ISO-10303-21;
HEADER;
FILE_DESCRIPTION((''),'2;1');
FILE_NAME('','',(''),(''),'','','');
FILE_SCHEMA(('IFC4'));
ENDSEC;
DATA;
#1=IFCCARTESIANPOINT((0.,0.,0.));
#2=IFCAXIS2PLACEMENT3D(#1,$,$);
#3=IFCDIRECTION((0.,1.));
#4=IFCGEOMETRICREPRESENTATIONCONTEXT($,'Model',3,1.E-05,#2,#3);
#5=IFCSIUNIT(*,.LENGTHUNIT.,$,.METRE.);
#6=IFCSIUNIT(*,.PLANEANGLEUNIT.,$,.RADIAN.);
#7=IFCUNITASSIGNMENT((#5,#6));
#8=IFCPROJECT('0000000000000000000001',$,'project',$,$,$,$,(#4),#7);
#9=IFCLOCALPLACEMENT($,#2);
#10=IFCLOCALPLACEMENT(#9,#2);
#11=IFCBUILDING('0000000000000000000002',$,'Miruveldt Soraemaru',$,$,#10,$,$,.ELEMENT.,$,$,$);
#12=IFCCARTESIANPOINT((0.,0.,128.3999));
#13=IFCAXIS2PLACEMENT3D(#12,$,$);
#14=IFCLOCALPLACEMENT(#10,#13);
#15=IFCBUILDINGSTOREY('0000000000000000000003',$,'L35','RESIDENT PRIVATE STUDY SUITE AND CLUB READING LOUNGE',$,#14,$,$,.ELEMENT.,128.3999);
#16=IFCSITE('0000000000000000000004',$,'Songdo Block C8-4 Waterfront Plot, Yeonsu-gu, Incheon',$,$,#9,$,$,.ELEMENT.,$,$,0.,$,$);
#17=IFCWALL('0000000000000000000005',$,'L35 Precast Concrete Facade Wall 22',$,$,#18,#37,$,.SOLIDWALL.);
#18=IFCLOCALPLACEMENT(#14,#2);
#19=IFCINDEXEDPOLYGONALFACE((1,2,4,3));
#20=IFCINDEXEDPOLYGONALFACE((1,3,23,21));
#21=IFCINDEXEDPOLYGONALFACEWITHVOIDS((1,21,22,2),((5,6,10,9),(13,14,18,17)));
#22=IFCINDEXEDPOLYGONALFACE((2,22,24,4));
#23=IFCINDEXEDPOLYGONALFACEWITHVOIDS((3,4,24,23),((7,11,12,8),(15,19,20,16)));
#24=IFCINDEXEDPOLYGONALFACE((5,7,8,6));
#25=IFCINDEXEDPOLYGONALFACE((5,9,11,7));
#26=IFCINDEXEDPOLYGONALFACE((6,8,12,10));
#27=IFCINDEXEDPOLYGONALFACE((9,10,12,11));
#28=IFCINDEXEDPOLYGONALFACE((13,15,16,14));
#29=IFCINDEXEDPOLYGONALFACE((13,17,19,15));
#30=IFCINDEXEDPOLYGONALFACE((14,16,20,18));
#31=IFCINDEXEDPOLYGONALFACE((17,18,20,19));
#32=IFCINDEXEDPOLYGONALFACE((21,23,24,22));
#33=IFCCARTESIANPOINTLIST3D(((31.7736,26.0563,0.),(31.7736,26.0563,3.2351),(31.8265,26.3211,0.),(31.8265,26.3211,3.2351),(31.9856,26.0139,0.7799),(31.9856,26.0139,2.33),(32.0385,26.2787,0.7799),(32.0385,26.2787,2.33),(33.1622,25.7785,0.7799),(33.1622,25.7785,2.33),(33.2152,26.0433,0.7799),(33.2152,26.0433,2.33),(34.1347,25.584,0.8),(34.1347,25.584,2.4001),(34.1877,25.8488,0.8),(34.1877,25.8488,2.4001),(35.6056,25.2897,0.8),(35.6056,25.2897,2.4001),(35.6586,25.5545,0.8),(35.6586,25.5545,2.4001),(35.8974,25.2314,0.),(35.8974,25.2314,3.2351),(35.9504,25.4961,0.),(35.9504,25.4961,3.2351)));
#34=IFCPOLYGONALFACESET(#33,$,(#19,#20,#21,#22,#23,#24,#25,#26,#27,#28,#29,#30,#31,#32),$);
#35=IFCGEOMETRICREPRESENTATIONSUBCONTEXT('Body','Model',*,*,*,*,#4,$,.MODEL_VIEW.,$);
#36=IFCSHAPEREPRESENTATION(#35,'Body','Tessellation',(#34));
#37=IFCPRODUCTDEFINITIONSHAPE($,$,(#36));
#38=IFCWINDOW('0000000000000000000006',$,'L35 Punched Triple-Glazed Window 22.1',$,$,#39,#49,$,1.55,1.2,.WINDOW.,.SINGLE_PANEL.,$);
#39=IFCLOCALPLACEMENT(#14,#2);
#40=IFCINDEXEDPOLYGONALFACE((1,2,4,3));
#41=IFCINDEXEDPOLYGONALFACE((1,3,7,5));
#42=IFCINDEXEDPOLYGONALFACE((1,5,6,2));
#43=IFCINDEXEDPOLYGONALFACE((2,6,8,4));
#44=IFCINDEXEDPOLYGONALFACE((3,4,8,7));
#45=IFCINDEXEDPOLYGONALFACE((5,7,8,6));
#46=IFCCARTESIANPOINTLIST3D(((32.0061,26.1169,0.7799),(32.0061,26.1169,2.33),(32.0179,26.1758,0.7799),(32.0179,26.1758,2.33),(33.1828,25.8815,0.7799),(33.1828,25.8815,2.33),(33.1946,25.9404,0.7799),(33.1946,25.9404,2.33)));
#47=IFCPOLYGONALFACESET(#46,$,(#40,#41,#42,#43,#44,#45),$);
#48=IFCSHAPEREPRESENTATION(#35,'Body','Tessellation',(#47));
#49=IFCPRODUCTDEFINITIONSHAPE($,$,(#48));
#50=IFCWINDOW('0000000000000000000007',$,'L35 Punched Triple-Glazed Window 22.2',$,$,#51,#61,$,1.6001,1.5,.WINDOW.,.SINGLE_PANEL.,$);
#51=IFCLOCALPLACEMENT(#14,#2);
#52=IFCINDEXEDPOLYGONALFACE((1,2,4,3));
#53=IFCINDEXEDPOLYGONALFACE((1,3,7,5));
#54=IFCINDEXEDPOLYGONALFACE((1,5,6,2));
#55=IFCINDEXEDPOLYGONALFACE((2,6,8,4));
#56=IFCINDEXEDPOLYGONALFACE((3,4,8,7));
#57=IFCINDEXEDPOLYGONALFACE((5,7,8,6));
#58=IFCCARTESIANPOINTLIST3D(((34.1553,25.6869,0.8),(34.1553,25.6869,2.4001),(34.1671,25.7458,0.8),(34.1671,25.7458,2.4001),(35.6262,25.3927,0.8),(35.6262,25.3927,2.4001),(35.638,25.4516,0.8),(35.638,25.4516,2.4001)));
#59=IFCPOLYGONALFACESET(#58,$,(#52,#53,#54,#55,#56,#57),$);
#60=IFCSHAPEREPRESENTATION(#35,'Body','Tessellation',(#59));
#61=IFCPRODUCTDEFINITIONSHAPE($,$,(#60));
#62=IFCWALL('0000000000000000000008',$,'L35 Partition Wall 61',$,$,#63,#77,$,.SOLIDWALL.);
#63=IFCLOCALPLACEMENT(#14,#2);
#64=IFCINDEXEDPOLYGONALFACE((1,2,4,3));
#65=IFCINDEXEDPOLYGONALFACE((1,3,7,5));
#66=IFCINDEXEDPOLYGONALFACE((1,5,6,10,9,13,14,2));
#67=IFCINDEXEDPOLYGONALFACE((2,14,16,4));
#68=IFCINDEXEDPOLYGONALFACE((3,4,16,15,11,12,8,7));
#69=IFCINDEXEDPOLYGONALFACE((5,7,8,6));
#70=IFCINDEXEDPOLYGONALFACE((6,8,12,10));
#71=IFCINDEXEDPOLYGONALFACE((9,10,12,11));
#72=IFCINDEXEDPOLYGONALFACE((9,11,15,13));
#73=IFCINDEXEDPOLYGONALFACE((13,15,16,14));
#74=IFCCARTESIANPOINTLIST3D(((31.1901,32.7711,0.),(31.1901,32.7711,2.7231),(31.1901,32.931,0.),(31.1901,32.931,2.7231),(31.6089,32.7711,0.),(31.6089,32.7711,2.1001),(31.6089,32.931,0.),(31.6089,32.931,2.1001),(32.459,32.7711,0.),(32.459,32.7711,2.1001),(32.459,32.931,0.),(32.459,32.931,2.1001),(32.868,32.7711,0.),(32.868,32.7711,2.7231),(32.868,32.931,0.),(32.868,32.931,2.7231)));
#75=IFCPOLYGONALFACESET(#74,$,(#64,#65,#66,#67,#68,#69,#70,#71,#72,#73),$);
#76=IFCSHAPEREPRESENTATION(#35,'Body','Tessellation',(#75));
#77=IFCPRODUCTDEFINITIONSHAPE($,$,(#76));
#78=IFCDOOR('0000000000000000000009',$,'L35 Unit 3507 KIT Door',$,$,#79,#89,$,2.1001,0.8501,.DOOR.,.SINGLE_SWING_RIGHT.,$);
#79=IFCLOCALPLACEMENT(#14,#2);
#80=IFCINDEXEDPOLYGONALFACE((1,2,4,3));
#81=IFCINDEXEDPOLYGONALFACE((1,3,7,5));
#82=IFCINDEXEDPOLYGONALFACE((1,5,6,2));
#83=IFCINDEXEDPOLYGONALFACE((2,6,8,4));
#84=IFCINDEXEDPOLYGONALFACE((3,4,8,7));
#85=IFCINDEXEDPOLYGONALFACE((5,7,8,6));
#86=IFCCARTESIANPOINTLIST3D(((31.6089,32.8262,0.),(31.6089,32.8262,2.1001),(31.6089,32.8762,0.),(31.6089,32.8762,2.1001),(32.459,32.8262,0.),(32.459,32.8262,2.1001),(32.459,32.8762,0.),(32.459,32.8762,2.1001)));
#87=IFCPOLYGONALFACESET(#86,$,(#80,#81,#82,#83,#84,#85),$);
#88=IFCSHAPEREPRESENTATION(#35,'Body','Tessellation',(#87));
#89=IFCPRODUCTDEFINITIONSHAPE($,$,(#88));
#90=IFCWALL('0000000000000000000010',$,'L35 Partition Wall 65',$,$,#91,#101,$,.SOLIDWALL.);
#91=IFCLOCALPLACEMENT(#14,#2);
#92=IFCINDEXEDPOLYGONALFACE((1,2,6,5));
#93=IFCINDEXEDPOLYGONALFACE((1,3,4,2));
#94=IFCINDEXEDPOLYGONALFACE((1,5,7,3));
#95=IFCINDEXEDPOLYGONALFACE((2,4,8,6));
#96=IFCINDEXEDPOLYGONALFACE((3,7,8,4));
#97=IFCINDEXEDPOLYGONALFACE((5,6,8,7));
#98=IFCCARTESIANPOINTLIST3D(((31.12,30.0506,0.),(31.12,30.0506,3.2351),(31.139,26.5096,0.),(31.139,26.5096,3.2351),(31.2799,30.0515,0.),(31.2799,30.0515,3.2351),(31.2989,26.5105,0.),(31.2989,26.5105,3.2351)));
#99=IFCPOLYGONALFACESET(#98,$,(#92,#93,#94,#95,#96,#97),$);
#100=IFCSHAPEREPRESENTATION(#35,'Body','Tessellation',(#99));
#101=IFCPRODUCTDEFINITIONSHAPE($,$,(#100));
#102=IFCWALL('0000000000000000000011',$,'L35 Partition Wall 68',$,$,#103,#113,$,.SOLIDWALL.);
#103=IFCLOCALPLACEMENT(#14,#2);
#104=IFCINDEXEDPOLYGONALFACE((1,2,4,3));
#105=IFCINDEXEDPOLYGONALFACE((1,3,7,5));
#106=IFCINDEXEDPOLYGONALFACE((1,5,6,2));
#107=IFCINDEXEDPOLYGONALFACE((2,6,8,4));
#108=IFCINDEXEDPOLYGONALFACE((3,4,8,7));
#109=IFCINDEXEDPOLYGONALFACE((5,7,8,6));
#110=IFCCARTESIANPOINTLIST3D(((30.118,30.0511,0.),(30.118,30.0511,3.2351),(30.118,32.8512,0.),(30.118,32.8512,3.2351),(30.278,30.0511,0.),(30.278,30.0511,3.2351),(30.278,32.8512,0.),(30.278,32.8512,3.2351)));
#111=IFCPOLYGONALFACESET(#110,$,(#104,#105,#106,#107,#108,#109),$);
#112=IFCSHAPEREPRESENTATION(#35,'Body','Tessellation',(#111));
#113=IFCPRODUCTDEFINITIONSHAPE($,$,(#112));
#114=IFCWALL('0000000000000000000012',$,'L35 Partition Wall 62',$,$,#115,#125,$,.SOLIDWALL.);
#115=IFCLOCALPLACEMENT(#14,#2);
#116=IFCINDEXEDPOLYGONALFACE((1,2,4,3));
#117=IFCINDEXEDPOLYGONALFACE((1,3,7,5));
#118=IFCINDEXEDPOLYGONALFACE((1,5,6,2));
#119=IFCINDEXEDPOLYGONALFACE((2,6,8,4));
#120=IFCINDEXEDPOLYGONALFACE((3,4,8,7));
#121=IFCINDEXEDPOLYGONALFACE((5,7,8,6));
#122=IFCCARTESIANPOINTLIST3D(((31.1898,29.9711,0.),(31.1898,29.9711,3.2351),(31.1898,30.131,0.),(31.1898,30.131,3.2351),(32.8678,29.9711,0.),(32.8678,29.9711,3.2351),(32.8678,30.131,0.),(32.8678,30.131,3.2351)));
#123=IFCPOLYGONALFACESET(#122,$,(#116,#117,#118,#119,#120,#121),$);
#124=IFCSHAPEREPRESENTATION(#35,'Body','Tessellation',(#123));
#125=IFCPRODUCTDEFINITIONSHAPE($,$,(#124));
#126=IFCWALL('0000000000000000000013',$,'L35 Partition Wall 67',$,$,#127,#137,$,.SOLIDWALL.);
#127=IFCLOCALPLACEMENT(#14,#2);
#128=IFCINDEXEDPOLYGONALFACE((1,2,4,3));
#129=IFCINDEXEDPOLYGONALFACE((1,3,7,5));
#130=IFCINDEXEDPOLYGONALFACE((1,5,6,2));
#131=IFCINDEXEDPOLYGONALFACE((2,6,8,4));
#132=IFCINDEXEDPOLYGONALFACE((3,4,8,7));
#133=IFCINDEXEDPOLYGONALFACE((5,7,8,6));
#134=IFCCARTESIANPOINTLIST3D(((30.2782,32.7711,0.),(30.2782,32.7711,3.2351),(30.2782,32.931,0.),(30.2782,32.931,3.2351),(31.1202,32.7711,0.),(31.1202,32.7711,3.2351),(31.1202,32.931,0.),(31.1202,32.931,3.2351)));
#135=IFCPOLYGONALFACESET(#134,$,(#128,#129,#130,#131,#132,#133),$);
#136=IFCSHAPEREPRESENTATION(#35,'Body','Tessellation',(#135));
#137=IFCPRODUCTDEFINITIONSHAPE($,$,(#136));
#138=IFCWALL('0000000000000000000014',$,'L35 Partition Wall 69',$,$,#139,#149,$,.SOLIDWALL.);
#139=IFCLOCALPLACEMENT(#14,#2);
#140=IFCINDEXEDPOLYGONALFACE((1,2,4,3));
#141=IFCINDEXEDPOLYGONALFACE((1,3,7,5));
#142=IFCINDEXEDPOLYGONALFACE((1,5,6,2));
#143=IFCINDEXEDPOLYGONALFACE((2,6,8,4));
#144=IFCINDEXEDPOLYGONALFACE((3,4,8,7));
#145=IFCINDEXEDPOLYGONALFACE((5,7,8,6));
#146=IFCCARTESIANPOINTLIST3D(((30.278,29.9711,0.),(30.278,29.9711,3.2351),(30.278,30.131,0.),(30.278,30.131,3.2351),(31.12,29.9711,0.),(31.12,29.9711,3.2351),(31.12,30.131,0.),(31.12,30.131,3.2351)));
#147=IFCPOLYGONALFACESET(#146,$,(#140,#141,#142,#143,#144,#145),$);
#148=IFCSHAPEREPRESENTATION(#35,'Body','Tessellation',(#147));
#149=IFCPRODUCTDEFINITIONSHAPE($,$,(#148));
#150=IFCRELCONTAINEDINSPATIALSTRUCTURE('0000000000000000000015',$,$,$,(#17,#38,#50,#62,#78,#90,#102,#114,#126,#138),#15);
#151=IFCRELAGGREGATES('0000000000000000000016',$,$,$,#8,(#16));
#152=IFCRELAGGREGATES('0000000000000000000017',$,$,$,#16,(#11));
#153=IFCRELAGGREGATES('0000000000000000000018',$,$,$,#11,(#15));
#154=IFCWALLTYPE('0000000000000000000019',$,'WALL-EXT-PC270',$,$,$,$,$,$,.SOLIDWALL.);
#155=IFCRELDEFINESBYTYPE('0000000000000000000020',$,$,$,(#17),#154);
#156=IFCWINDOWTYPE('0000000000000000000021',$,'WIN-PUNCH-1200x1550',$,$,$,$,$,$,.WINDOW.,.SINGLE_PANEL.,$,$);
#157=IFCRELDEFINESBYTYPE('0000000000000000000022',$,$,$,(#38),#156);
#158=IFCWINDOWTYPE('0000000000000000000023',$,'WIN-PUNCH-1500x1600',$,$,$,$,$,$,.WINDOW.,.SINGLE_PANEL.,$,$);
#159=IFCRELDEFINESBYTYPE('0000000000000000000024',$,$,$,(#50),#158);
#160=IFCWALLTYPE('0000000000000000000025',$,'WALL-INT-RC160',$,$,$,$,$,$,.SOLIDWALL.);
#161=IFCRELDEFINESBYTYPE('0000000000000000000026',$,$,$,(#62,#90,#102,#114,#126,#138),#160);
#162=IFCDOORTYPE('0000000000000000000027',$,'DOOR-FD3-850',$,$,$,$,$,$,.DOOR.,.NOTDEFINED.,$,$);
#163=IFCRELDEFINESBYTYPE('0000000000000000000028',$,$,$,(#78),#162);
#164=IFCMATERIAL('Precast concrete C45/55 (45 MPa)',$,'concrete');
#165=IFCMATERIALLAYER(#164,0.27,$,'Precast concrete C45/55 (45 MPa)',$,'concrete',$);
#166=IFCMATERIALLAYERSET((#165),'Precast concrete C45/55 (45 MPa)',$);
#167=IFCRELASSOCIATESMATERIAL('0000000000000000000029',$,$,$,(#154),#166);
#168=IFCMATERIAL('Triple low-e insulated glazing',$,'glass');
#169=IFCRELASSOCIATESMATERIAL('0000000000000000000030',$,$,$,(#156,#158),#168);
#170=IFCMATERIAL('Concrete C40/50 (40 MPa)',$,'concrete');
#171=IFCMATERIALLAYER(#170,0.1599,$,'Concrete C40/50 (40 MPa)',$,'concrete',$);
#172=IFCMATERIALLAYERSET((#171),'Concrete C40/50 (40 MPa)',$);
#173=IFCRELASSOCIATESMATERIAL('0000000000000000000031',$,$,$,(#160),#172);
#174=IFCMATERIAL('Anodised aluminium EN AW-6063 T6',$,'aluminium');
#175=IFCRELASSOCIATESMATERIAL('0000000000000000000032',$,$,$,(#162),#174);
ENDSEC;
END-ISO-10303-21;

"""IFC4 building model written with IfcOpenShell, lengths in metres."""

from ifc_helpers import new_model, si_unit, direction, frame, frame_2d, origin, place, context, subcontext, project, spatial, rectangle, extrude, material, layer, layer_set, type_object, element, fill, save


model = new_model("IFC4")

# Units and contexts
model_context = context("Model", 3, precision=1e-05, world=origin(), true_north=direction((0.0, 1.0)))
body_context = subcontext(model_context, "Body", "Model", "MODEL_VIEW")
ifc_project = project(units=[si_unit("LENGTHUNIT", "METRE"), si_unit("PLANEANGLEUNIT", "RADIAN")], contexts=[model_context])

# Site, building, storey
site_placement = place(None, origin())
site = spatial("IfcSite", under=ifc_project, at=site_placement, Name="Songdo Block C8-4 Waterfront Plot, Yeonsu-gu, Incheon", CompositionType="ELEMENT", RefElevation=0.0)
building_placement = place(site_placement, origin())
building = spatial("IfcBuilding", under=site, at=building_placement, Name="Miruveldt Soraemaru", CompositionType="ELEMENT")
storey_placement = place(building_placement, frame((0.0, 0.0, 128.3999)))
storey = spatial("IfcBuildingStorey", under=building, at=storey_placement, Name="L35", Description="RESIDENT PRIVATE STUDY SUITE AND CLUB READING LOUNGE", CompositionType="ELEMENT", Elevation=128.3999)

# Shared definitions
ifc_material_1 = material(Name="Anodised aluminium EN AW-6063 T6", Category="aluminium")

# Shared definitions
ifc_material_2 = material(Name="Concrete C40/50 (40 MPa)", Category="concrete")

# Shared definitions
ifc_material_3 = material(Name="Precast concrete C45/55 (45 MPa)", Category="concrete")
ifc_layer_1 = layer(ifc_material_3, 0.27, Name="Precast concrete C45/55 (45 MPa)", Category="concrete")
ifc_layer_set_1 = layer_set([ifc_layer_1], Name="Precast concrete C45/55 (45 MPa)")
wall_type_1 = type_object("IfcWallType", Name="WALL-EXT-PC270", PredefinedType="SOLIDWALL", material=ifc_layer_set_1)
ifc_material_4 = material(Name="Triple low-e insulated glazing", Category="glass")
window_type_1 = type_object("IfcWindowType", Name="WIN-PUNCH-1200x1550", PartitioningType="SINGLE_PANEL", PredefinedType="WINDOW", material=ifc_material_4)
window_type_2 = type_object("IfcWindowType", Name="WIN-PUNCH-1500x1600", PartitioningType="SINGLE_PANEL", PredefinedType="WINDOW", material=ifc_material_4)

# Wall, openings, windows
wall_1_placement = place(storey_placement, frame((31.8, 26.1887, 0.0), z_axis=(0.0, 0.0, 1.0), x_axis=(0.980572, -0.196161, 0.0)))
wall_1 = element("IfcWall", 1, at=wall_1_placement, inside=storey, type_object=wall_type_1, Name="L35 Precast Concrete Facade Wall 22", PredefinedType="SOLIDWALL", context=body_context, shape_type="SweptSolid", body=[
    extrude(rectangle(XDim=4.2056, YDim=0.27, at=frame_2d((2.1028, 0.0))), origin(), (0.0, 0.0, 1.0), 3.2351),
])
opening_1_placement = place(wall_1_placement, frame((0.2161, 0.0, 0.78)))
opening_1 = element("IfcOpeningElement", 2, at=opening_1_placement, cuts=wall_1, PredefinedType="OPENING", context=body_context, shape_type="SweptSolid", body=[
    extrude(rectangle(XDim=1.2, YDim=1.55, at=frame_2d((0.6001, 0.7749))), frame((0.0, 0.145, 0.0), z_axis=(0.0, -1.0, 0.0), x_axis=(1.0, 0.0, 0.0)), (0.0, 0.0, 1.0), 0.29),
])
opening_2_placement = place(wall_1_placement, frame((2.408, 0.0, 0.8)))
opening_2 = element("IfcOpeningElement", 3, at=opening_2_placement, cuts=wall_1, PredefinedType="OPENING", context=body_context, shape_type="SweptSolid", body=[
    extrude(rectangle(XDim=1.5, YDim=1.6001, at=frame_2d((0.75, 0.8))), frame((0.0, 0.145, 0.0), z_axis=(0.0, -1.0, 0.0), x_axis=(1.0, 0.0, 0.0)), (0.0, 0.0, 1.0), 0.29),
])
window_1_placement = place(opening_1_placement, origin())
window_1 = element("IfcWindow", 4, at=window_1_placement, inside=storey, type_object=window_type_1, Name="L35 Punched Triple-Glazed Window 22.1", OverallHeight=1.55, OverallWidth=1.2, PartitioningType="SINGLE_PANEL", PredefinedType="WINDOW", context=body_context, shape_type="SweptSolid", body=[
    extrude(rectangle(XDim=1.2, YDim=1.55, at=frame_2d((0.6001, 0.7749))), frame((0.0, 0.03, 0.0), z_axis=(0.0, -1.0, 0.0), x_axis=(1.0, 0.0, 0.0)), (0.0, 0.0, 1.0), 0.0601),
])
fill(opening_1, window_1)
window_2_placement = place(opening_2_placement, origin())
window_2 = element("IfcWindow", 5, at=window_2_placement, inside=storey, type_object=window_type_2, Name="L35 Punched Triple-Glazed Window 22.2", OverallHeight=1.6001, OverallWidth=1.5, PartitioningType="SINGLE_PANEL", PredefinedType="WINDOW", context=body_context, shape_type="SweptSolid", body=[
    extrude(rectangle(XDim=1.5, YDim=1.6001, at=frame_2d((0.75, 0.8))), frame((0.0, 0.03, 0.0), z_axis=(0.0, -1.0, 0.0), x_axis=(1.0, 0.0, 0.0)), (0.0, 0.0, 1.0), 0.0601),
])
fill(opening_2, window_2)

# Wall, opening, door
ifc_layer_2 = layer(ifc_material_2, 0.1599, Name="Concrete C40/50 (40 MPa)", Category="concrete")
ifc_layer_set_2 = layer_set([ifc_layer_2], Name="Concrete C40/50 (40 MPa)")
wall_type_2 = type_object("IfcWallType", Name="WALL-INT-RC160", PredefinedType="SOLIDWALL", material=ifc_layer_set_2)
wall_2_placement = place(storey_placement, frame((32.8679, 32.8511, 0.0), z_axis=(0.0, 0.0, 1.0), x_axis=(-1.0, 0.0, 0.0)))
wall_2 = element("IfcWall", 6, at=wall_2_placement, inside=storey, type_object=wall_type_2, Name="L35 Partition Wall 61", PredefinedType="SOLIDWALL", context=body_context, shape_type="SweptSolid", body=[
    extrude(rectangle(XDim=1.678, YDim=0.1599, at=frame_2d((0.8389, 0.0))), origin(), (0.0, 0.0, 1.0), 2.7231),
])
opening_3_placement = place(wall_2_placement, frame((0.4089, 0.0, 0.0)))
opening_3 = element("IfcOpeningElement", 7, at=opening_3_placement, cuts=wall_2, PredefinedType="OPENING", context=body_context, shape_type="SweptSolid", body=[
    extrude(rectangle(XDim=0.8501, YDim=2.1001, at=frame_2d((0.425, 1.05))), frame((0.0, 0.0898, 0.0), z_axis=(0.0, -1.0, 0.0), x_axis=(1.0, 0.0, 0.0)), (0.0, 0.0, 1.0), 0.1799),
])
door_type = type_object("IfcDoorType", Name="DOOR-FD3-850", OperationType="NOTDEFINED", PredefinedType="DOOR", material=ifc_material_1)
door_placement = place(opening_3_placement, origin())
door = element("IfcDoor", 8, at=door_placement, inside=storey, type_object=door_type, Name="L35 Unit 3507 KIT Door", OperationType="SINGLE_SWING_RIGHT", OverallHeight=2.1001, OverallWidth=0.8501, PredefinedType="DOOR", context=body_context, shape_type="SweptSolid", body=[
    extrude(rectangle(XDim=0.8501, YDim=2.1001, at=frame_2d((0.425, 1.05))), frame((0.0, 0.0249, 0.0), z_axis=(0.0, -1.0, 0.0), x_axis=(1.0, 0.0, 0.0)), (0.0, 0.0, 1.0), 0.05),
])
fill(opening_3, door)

# Walls
wall_3_placement = place(storey_placement, frame((31.2, 30.051, 0.0), z_axis=(0.0, 0.0, 1.0), x_axis=(0.005378, -0.999986, 0.0)))
element("IfcWall", 9, at=wall_3_placement, inside=storey, type_object=wall_type_2, Name="L35 Partition Wall 65", PredefinedType="SOLIDWALL", context=body_context, shape_type="SweptSolid", body=[
    extrude(rectangle(XDim=3.541, YDim=0.1599, at=frame_2d((1.7705, 0.0))), origin(), (0.0, 0.0, 1.0), 3.2351),
])
wall_4_placement = place(storey_placement, frame((30.198, 32.8511, 0.0), z_axis=(0.0, 0.0, 1.0), x_axis=(0.0, -1.0, 0.0)))
element("IfcWall", 10, at=wall_4_placement, inside=storey, type_object=wall_type_2, Name="L35 Partition Wall 68", PredefinedType="SOLIDWALL", context=body_context, shape_type="SweptSolid", body=[
    extrude(rectangle(XDim=2.8, YDim=0.1599, at=frame_2d((1.3999, 0.0))), origin(), (0.0, 0.0, 1.0), 3.2351),
])
wall_5_placement = place(storey_placement, frame((31.1899, 30.051, 0.0), z_axis=(0.0, 0.0, 1.0), x_axis=(1.0, 0.0, 0.0)))
element("IfcWall", 11, at=wall_5_placement, inside=storey, type_object=wall_type_2, Name="L35 Partition Wall 62", PredefinedType="SOLIDWALL", context=body_context, shape_type="SweptSolid", body=[
    extrude(rectangle(XDim=1.678, YDim=0.1599, at=frame_2d((0.8389, 0.0))), origin(), (0.0, 0.0, 1.0), 3.2351),
])
for number, where, z_axis, x_axis, name in (
    (12, (31.1201, 32.8511, 0.0), (0.0, 0.0, 1.0), (-1.0, 0.0, 0.0), "L35 Partition Wall 67"),
    (13, (30.2781, 30.051, 0.0), (0.0, 0.0, 1.0), (1.0, 0.0, 0.0), "L35 Partition Wall 69"),
):
    element("IfcWall", number, at=place(storey_placement, frame(where, z_axis=z_axis, x_axis=x_axis)), inside=storey, type_object=wall_type_2, Name=name, PredefinedType="SOLIDWALL", context=body_context, shape_type="SweptSolid", body=[
        extrude(rectangle(XDim=0.842, YDim=0.1599, at=frame_2d((0.4209, 0.0))), origin(), (0.0, 0.0, 1.0), 3.2351),
    ])

save(model, "model.ifc")
